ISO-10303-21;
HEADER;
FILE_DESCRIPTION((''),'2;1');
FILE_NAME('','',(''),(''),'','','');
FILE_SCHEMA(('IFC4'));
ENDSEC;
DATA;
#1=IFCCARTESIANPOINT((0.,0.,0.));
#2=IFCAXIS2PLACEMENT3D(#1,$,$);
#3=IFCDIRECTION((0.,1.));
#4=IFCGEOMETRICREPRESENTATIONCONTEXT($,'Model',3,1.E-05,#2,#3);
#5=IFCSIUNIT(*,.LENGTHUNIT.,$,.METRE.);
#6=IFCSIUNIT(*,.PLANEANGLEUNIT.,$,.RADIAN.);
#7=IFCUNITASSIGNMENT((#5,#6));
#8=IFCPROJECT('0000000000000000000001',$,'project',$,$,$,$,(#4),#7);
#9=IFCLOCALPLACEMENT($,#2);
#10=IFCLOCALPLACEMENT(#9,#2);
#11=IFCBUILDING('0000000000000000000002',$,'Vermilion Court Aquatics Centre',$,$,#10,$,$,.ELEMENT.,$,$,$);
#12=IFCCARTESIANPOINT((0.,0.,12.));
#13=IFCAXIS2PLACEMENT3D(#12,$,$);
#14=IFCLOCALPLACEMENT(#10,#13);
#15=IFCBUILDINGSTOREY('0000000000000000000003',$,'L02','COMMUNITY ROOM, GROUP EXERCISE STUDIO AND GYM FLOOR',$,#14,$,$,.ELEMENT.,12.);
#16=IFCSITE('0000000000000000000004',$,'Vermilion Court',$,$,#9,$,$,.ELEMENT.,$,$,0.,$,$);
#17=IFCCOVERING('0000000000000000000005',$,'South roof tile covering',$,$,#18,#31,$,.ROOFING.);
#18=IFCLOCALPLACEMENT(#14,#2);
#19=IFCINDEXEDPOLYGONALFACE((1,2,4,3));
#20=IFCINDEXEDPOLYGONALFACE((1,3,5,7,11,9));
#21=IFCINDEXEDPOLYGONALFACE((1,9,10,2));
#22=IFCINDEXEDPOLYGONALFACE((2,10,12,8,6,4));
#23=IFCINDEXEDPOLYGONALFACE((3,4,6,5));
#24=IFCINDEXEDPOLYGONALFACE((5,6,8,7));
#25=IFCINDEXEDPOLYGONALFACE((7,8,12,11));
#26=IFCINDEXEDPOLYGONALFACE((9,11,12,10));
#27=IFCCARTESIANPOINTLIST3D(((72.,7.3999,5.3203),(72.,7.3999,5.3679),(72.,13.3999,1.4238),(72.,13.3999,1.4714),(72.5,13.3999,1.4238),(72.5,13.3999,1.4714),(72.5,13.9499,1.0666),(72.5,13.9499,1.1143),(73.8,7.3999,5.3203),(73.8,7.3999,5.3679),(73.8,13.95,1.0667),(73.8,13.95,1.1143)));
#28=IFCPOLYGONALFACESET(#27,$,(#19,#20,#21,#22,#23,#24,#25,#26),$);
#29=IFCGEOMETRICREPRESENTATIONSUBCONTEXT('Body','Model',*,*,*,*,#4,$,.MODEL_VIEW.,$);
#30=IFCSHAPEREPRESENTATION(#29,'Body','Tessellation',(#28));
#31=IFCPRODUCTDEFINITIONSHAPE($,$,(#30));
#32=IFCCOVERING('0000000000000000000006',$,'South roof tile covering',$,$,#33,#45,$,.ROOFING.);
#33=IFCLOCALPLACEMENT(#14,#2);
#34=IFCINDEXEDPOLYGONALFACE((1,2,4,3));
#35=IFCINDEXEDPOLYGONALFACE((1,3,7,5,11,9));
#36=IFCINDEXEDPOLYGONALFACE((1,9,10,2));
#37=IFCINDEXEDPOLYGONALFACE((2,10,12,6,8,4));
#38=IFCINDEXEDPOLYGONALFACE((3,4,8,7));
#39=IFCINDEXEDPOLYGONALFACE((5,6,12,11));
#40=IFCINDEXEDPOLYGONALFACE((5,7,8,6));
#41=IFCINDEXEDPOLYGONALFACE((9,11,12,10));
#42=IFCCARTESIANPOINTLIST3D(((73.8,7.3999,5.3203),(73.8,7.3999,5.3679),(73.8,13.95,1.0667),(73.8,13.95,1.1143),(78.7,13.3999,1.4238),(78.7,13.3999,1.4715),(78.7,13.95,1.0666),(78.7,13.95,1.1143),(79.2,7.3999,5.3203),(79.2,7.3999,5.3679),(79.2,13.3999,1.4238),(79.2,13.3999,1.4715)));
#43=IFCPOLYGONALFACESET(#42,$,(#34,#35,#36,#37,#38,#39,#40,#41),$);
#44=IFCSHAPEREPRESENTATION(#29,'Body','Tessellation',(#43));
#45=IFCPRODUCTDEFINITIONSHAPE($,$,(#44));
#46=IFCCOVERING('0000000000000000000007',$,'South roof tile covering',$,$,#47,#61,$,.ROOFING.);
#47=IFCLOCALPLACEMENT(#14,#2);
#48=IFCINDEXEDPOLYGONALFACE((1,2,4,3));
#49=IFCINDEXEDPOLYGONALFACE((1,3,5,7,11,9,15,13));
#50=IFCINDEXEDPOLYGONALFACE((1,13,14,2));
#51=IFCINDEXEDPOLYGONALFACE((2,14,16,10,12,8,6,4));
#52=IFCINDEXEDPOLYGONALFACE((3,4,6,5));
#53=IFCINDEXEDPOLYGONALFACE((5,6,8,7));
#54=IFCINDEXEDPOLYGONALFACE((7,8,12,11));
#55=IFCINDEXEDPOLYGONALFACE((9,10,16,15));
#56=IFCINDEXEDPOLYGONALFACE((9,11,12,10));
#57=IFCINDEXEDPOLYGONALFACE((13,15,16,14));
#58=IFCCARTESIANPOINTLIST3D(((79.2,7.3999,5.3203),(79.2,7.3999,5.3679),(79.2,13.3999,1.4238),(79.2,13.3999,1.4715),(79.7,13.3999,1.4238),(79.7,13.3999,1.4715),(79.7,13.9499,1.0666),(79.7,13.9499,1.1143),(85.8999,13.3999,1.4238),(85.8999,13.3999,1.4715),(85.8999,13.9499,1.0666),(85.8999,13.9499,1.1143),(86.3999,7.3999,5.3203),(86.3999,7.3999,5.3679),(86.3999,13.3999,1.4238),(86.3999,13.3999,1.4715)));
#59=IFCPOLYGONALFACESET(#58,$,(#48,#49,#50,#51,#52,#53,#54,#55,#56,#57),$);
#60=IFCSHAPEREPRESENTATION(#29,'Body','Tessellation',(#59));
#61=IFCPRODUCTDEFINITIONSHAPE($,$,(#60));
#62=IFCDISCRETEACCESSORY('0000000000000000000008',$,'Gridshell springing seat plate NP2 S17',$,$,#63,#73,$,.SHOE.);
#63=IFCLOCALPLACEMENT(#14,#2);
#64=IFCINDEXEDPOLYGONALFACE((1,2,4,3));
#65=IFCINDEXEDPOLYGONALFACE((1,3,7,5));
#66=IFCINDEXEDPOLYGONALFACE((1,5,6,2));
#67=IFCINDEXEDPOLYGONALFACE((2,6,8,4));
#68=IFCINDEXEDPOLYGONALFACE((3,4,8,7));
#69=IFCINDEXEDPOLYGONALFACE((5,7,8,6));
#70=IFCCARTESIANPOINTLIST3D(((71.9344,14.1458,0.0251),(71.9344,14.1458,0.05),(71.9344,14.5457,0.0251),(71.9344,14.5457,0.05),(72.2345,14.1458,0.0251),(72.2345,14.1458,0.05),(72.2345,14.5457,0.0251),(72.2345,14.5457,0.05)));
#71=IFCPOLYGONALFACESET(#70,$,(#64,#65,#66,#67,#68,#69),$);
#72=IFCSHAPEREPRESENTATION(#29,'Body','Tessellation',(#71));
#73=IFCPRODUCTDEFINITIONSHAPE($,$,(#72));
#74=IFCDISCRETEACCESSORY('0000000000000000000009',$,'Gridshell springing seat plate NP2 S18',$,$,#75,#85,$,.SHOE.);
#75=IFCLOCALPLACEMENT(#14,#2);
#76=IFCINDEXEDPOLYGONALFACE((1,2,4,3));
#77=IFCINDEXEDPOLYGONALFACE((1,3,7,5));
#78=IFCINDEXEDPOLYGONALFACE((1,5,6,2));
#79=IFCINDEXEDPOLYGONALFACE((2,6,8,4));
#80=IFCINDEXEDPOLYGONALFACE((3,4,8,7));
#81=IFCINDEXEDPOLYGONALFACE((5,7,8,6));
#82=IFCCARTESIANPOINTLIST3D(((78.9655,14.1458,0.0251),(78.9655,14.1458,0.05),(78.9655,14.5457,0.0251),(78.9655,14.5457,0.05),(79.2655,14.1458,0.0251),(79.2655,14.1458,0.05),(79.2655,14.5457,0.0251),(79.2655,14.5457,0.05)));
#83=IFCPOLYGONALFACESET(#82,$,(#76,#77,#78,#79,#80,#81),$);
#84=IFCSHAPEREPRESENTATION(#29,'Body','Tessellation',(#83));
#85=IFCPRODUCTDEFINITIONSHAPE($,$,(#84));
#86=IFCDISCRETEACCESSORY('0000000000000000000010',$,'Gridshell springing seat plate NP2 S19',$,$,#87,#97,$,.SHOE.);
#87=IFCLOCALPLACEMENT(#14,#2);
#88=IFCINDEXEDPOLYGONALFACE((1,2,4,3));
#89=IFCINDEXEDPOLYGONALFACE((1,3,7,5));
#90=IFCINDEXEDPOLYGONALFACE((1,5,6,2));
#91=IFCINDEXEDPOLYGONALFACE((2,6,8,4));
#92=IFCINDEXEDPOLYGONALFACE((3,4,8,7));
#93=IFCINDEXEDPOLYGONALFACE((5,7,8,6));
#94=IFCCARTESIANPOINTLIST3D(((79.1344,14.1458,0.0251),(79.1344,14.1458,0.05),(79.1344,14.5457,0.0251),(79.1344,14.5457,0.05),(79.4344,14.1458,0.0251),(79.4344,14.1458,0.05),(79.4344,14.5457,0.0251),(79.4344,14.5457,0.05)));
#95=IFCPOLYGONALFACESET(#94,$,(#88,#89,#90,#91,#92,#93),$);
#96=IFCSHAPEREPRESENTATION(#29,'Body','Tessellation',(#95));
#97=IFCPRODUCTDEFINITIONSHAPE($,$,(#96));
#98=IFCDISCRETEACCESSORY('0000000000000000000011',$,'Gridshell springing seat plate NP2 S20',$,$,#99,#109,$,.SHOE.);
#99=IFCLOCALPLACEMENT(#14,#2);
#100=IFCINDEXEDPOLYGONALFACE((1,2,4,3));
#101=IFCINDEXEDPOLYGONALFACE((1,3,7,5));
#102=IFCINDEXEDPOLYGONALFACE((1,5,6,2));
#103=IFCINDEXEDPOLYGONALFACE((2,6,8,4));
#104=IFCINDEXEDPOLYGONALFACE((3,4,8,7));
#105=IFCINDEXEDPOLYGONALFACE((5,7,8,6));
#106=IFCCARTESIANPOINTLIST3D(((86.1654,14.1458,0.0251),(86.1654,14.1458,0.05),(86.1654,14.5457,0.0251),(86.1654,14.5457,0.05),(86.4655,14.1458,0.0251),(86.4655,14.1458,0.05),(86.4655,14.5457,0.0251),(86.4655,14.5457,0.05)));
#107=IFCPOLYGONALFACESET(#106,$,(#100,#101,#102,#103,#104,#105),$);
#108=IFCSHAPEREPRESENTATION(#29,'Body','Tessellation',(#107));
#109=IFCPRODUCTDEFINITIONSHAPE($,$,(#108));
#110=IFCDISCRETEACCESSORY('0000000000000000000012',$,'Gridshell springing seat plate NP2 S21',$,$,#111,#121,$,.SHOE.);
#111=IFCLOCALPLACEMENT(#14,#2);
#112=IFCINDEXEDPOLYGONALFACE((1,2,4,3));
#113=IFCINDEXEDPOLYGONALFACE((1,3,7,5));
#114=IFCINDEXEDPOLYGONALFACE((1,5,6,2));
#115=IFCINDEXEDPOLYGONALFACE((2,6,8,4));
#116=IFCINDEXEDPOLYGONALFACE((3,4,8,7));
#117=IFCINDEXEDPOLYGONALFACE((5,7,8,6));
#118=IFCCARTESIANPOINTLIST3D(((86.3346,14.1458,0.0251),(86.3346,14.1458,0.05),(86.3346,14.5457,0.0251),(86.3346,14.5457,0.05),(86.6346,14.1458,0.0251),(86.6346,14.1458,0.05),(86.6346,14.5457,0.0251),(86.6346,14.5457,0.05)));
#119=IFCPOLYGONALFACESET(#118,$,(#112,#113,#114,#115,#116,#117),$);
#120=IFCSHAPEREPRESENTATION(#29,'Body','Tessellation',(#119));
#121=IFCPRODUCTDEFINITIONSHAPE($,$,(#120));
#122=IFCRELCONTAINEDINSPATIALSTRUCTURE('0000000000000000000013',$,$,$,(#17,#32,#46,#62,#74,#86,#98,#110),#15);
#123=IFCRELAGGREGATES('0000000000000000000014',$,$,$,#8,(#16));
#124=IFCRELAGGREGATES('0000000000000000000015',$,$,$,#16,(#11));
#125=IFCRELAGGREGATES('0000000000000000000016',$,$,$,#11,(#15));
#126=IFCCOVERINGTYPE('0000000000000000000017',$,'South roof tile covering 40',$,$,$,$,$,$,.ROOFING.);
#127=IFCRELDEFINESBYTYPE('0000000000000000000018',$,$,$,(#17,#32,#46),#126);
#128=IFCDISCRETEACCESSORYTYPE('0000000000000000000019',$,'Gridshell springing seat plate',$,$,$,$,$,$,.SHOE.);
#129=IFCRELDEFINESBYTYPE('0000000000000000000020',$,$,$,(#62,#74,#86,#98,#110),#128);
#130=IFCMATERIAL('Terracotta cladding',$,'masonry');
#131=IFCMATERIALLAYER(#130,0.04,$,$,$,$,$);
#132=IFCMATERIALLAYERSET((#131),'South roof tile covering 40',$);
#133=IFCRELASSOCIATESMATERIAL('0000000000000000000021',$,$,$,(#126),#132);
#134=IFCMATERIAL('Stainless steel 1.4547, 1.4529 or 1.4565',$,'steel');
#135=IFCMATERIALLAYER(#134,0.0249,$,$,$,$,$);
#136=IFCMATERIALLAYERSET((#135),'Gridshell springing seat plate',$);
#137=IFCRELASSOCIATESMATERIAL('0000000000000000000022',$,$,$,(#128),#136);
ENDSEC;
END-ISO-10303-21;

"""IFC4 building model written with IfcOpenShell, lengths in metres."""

from ifc_helpers import new_model, si_unit, direction, frame, origin, origin_2d, place, context, subcontext, project, spatial, polyline, rectangle, outline, extrude, material, layer, layer_set, type_object, element, save


model = new_model("IFC4")

# Units and contexts
model_context = context("Model", 3, precision=1e-05, world=origin(), true_north=direction((0.0, 1.0)))
body_context = subcontext(model_context, "Body", "Model", "MODEL_VIEW")
ifc_project = project(units=[si_unit("LENGTHUNIT", "METRE"), si_unit("PLANEANGLEUNIT", "RADIAN")], contexts=[model_context])

# Site, building, storey
site_placement = place(None, origin())
site = spatial("IfcSite", under=ifc_project, at=site_placement, Name="Vermilion Court", CompositionType="ELEMENT", RefElevation=0.0)
building_placement = place(site_placement, origin())
building = spatial("IfcBuilding", under=site, at=building_placement, Name="Vermilion Court Aquatics Centre", CompositionType="ELEMENT")
storey_placement = place(building_placement, frame((0.0, 0.0, 12.0)))
storey = spatial("IfcBuildingStorey", under=building, at=storey_placement, Name="L02", Description="COMMUNITY ROOM, GROUP EXERCISE STUDIO AND GYM FLOOR", CompositionType="ELEMENT", Elevation=12.0)

# Coverings
ifc_material_1 = material(Name="Terracotta cladding", Category="masonry")
ifc_layer_1 = layer(ifc_material_1, 0.04)
ifc_layer_set_1 = layer_set([ifc_layer_1], Name="South roof tile covering 40")
covering_type = type_object("IfcCoveringType", Name="South roof tile covering 40", PredefinedType="ROOFING", material=ifc_layer_set_1)
covering_1_placement = place(storey_placement, frame((73.8, 13.95, 1.1143), z_axis=(-0.000007, 0.544641, 0.838669), x_axis=(0.0, -0.838669, 0.544641)))
element("IfcCovering", 1, at=covering_1_placement, inside=storey, type_object=covering_type, Name="South roof tile covering", PredefinedType="ROOFING", context=body_context, shape_type="SweptSolid", body=[
    extrude(outline(polyline([(0.0, 0.0), (7.81, 0.0), (7.81, -1.8), (0.6558, -1.8), (0.6558, -1.3), (0.0, -1.3), (0.0, 0.0)])), origin(), (-0.544641, -0.000006, -0.838669), 0.0476),
])
covering_2_placement = place(storey_placement, frame((79.2, 7.3999, 5.3679), z_axis=(0.000002, 0.54464, 0.83867), x_axis=(-1.0, 0.000001, 0.000002)))
element("IfcCovering", 2, at=covering_2_placement, inside=storey, type_object=covering_type, Name="South roof tile covering", PredefinedType="ROOFING", context=body_context, shape_type="SweptSolid", body=[
    extrude(outline(polyline([(0.0, 0.0), (5.3999, 0.0), (5.3999, -7.81), (0.5, -7.81), (0.5, -7.1542), (0.0, -7.1542), (0.0, 0.0)])), origin(), (-0.000002, -0.54464, -0.83867), 0.0476),
])
covering_3_placement = place(storey_placement, frame((86.3999, 7.3999, 5.3679), z_axis=(0.0, 0.54464, 0.83867), x_axis=(-1.0, 0.0, 0.0)))
element("IfcCovering", 3, at=covering_3_placement, inside=storey, type_object=covering_type, Name="South roof tile covering", PredefinedType="ROOFING", context=body_context, shape_type="SweptSolid", body=[
    extrude(outline(polyline([(0.0, 0.0), (7.2, 0.0), (7.2, -7.1542), (6.7, -7.1542), (6.7, -7.81), (0.5, -7.81), (0.5, -7.1542), (0.0, -7.1542), (0.0, 0.0)])), origin(), (0.0, -0.54464, -0.83867), 0.0476),
])

# Discrete accessories
ifc_material_2 = material(Name="Stainless steel 1.4547, 1.4529 or 1.4565", Category="steel")
ifc_layer_2 = layer(ifc_material_2, 0.0249)
ifc_layer_set_2 = layer_set([ifc_layer_2], Name="Gridshell springing seat plate")
discrete_accessory_type = type_object("IfcDiscreteAccessoryType", Name="Gridshell springing seat plate", PredefinedType="SHOE", material=ifc_layer_set_2)
for number, where, z_axis, x_axis, name in (
    (4, (72.0845, 14.3457, 0.0251), (0.0, 0.0, 1.0), (1.0, 0.0, 0.0), "Gridshell springing seat plate NP2 S17"),
    (5, (79.1155, 14.3457, 0.0251), (0.0, 0.0, 1.0), (1.0, 0.0, 0.0), "Gridshell springing seat plate NP2 S18"),
    (6, (79.2844, 14.3457, 0.0251), (0.0, 0.0, 1.0), (1.0, 0.0, 0.0), "Gridshell springing seat plate NP2 S19"),
    (7, (86.3154, 14.3457, 0.0251), (0.0, 0.0, 1.0), (1.0, 0.0, 0.0), "Gridshell springing seat plate NP2 S20"),
    (8, (86.4846, 14.3457, 0.0251), (0.0, 0.0, 1.0), (1.0, 0.0, 0.0), "Gridshell springing seat plate NP2 S21"),
):
    element("IfcDiscreteAccessory", number, at=place(storey_placement, frame(where, z_axis=z_axis, x_axis=x_axis)), inside=storey, type_object=discrete_accessory_type, Name=name, PredefinedType="SHOE", context=body_context, shape_type="SweptSolid", body=[
        extrude(rectangle(XDim=0.3, YDim=0.3999, at=origin_2d()), origin(), (0.0, 0.0, 1.0), 0.0249),
    ])

save(model, "model.ifc")
